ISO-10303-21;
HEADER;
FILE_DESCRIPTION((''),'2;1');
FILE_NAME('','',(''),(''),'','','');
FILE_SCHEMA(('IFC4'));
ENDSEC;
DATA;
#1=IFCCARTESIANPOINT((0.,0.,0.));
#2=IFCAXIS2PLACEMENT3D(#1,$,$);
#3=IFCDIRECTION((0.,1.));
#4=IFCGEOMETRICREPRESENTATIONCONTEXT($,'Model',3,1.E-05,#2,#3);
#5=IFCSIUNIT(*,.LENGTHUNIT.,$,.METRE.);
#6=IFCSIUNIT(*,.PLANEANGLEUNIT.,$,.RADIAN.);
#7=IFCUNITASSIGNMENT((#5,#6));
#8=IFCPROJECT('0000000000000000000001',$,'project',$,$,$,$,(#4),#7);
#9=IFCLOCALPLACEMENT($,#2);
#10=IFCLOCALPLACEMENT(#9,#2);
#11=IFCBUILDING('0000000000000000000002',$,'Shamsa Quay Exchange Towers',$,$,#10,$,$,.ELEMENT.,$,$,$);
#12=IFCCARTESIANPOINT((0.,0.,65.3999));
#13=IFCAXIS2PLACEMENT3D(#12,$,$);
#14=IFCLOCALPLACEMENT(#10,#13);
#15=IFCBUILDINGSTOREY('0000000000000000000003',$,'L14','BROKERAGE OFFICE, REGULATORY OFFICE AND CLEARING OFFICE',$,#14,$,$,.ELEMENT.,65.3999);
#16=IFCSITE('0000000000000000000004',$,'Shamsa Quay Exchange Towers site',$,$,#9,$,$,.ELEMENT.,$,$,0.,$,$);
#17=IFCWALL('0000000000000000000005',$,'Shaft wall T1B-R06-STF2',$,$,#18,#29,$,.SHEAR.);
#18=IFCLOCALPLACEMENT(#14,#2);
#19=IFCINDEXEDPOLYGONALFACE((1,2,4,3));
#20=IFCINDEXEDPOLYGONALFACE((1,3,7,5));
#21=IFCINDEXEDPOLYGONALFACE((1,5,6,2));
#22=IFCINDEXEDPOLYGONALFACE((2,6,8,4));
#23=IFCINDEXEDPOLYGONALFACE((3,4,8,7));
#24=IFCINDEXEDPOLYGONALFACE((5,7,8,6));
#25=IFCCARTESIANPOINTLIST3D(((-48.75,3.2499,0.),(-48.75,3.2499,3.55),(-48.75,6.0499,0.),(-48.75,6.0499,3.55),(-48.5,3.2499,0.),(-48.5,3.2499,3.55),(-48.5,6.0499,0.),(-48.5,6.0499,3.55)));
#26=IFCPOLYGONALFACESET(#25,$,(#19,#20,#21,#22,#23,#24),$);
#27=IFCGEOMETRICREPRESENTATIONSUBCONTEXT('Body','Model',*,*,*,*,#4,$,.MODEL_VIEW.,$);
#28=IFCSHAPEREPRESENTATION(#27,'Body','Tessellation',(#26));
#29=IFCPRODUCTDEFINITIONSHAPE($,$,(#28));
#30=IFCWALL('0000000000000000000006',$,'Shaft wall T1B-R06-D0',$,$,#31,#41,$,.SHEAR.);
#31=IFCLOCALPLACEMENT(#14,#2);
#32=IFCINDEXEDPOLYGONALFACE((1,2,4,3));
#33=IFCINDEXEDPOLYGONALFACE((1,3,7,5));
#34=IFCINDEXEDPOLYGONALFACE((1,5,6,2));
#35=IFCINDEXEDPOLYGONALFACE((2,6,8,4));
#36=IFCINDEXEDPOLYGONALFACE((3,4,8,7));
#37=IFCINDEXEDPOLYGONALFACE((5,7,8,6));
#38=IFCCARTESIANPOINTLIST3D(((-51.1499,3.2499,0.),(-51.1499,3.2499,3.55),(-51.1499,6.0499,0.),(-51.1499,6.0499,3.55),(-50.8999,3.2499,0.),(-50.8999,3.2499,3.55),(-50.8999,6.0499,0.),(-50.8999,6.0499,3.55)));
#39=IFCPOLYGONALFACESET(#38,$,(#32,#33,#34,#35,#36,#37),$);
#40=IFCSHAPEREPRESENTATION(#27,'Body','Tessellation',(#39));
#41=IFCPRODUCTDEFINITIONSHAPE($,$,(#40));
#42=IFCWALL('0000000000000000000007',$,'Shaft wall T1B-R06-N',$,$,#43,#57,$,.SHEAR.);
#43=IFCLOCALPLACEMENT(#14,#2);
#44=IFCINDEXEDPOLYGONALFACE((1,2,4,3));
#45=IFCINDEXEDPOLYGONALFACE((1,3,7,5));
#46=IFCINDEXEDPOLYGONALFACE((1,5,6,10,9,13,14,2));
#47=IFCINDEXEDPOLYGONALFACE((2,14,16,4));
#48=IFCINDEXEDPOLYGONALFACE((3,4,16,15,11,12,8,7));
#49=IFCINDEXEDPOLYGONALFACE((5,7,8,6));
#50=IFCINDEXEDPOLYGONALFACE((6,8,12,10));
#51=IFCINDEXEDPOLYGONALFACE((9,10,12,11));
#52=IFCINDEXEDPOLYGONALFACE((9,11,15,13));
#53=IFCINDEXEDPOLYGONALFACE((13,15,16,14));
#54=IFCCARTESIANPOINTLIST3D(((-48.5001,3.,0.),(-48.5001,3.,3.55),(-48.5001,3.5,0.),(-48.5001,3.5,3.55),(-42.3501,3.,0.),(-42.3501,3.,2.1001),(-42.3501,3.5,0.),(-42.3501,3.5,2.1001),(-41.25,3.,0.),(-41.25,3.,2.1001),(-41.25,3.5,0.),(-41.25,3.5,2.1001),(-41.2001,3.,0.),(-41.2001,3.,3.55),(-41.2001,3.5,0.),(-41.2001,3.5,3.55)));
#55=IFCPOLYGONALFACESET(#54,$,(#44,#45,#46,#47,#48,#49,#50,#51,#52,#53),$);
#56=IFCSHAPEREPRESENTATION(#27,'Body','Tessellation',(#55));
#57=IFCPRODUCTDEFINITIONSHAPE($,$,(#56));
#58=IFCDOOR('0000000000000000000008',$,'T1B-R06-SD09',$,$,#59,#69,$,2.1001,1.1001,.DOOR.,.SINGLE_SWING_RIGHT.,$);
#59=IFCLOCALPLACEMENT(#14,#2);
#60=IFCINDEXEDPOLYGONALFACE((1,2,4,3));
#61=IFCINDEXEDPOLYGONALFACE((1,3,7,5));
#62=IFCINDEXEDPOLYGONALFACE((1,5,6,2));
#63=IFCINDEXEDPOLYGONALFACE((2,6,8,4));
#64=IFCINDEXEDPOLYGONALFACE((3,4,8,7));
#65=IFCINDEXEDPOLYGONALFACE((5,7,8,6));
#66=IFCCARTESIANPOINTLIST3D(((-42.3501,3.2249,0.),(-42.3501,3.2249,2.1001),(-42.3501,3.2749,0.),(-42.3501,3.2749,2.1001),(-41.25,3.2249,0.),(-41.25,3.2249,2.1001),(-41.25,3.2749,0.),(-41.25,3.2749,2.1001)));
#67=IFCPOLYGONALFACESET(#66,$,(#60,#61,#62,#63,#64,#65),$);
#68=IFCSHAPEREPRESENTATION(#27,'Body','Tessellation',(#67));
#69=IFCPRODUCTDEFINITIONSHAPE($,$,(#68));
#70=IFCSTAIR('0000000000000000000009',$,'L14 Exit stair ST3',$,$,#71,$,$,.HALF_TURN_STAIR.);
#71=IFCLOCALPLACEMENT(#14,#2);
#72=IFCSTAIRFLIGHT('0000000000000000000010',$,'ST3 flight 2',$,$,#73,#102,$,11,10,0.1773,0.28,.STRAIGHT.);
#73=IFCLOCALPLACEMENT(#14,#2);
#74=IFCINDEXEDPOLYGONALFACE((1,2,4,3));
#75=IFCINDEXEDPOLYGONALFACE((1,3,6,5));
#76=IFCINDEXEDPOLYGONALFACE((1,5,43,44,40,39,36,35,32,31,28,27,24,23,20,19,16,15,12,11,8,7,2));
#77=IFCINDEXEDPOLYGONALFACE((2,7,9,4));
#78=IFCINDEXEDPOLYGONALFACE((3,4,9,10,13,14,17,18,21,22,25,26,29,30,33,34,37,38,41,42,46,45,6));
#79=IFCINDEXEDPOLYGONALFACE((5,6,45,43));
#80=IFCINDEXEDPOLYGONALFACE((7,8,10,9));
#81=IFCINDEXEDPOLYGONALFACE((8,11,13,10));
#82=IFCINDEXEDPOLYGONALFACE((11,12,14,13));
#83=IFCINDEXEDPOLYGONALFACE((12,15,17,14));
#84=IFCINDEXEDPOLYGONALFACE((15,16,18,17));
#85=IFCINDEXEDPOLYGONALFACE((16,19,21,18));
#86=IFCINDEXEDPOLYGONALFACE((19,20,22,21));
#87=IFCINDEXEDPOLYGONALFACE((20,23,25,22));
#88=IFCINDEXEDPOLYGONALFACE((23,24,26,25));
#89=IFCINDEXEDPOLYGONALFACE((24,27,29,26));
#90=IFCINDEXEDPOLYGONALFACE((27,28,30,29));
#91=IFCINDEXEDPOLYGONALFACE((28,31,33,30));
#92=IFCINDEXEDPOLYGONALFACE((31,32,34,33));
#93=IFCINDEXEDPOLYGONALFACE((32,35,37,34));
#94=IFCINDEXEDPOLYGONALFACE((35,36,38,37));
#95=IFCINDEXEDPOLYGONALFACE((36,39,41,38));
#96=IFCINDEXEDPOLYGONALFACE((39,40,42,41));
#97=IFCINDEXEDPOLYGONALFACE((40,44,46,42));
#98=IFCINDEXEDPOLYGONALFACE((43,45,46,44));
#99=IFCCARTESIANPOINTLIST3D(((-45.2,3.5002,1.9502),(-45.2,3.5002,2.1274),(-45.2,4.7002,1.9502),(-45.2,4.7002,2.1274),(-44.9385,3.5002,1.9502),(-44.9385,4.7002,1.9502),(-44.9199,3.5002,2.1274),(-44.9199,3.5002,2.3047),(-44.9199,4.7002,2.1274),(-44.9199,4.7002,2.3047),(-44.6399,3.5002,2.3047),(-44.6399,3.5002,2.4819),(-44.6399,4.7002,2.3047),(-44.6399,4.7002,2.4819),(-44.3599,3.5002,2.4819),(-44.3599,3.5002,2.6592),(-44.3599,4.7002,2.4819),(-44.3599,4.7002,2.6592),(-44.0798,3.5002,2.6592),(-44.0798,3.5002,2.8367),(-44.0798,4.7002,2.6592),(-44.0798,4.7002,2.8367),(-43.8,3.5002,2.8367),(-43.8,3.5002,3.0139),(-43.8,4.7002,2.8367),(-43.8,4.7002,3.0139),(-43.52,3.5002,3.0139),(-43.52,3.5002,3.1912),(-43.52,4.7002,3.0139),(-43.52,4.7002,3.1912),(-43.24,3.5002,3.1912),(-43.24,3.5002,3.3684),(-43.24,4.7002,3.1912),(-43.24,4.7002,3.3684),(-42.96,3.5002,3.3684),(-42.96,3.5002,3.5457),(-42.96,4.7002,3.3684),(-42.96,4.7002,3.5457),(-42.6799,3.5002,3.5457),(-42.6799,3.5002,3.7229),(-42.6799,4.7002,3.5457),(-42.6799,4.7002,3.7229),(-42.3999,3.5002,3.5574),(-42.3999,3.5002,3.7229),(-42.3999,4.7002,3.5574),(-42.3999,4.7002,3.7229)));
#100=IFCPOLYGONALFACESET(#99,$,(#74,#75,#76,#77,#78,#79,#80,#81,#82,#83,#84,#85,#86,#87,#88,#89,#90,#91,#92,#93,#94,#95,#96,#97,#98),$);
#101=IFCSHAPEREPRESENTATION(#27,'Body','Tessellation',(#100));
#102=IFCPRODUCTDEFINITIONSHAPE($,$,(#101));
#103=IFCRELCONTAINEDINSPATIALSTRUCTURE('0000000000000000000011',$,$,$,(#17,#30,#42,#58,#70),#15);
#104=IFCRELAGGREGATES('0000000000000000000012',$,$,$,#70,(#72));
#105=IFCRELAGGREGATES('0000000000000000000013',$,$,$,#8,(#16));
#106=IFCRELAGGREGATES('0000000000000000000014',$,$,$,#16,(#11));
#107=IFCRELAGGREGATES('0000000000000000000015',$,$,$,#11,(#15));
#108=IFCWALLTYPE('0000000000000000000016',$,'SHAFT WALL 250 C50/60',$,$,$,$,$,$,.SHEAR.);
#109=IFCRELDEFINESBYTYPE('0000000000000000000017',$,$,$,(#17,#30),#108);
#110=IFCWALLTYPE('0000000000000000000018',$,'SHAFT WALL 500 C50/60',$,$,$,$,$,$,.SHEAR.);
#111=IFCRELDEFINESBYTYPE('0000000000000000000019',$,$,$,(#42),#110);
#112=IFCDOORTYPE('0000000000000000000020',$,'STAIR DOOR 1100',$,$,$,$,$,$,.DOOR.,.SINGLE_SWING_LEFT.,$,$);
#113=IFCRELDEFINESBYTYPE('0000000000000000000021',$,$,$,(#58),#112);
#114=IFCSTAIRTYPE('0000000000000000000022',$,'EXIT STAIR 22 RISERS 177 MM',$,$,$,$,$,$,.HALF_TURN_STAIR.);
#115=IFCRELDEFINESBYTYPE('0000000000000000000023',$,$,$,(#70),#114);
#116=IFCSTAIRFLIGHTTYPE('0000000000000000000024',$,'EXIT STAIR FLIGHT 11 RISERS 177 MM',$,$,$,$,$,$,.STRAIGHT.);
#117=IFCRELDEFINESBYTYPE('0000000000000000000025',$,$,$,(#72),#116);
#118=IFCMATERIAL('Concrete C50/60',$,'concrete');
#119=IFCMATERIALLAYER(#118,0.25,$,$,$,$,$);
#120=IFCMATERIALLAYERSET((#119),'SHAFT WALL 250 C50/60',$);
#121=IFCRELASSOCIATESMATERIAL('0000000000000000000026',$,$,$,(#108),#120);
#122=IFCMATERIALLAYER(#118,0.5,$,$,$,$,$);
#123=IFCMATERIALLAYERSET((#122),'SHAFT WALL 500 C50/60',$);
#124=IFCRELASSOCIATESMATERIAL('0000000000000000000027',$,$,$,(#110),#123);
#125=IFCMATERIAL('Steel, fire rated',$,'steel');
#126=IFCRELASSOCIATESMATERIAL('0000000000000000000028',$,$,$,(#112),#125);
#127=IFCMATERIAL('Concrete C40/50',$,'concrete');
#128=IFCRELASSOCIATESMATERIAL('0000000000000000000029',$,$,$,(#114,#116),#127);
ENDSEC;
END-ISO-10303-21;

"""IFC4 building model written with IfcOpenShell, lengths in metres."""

from ifc_helpers import new_model, si_unit, direction, frame, frame_2d, origin, place, context, subcontext, project, spatial, polyline, rectangle, outline, extrude, material, layer, layer_set, type_object, element, fill, aggregate, save


model = new_model("IFC4")

# Units and contexts
model_context = context("Model", 3, precision=1e-05, world=origin(), true_north=direction((0.0, 1.0)))
body_context = subcontext(model_context, "Body", "Model", "MODEL_VIEW")
ifc_project = project(units=[si_unit("LENGTHUNIT", "METRE"), si_unit("PLANEANGLEUNIT", "RADIAN")], contexts=[model_context])

# Site, building, storey
site_placement = place(None, origin())
site = spatial("IfcSite", under=ifc_project, at=site_placement, Name="Shamsa Quay Exchange Towers site", CompositionType="ELEMENT", RefElevation=0.0)
building_placement = place(site_placement, origin())
building = spatial("IfcBuilding", under=site, at=building_placement, Name="Shamsa Quay Exchange Towers", CompositionType="ELEMENT")
storey_placement = place(building_placement, frame((0.0, 0.0, 65.3999)))
storey = spatial("IfcBuildingStorey", under=building, at=storey_placement, Name="L14", Description="BROKERAGE OFFICE, REGULATORY OFFICE AND CLEARING OFFICE", CompositionType="ELEMENT", Elevation=65.3999)

# Shared definitions
ifc_material_1 = material(Name="Concrete C50/60", Category="concrete")
ifc_layer_1 = layer(ifc_material_1, 0.25)
ifc_layer_set_1 = layer_set([ifc_layer_1], Name="SHAFT WALL 250 C50/60")
wall_type_1 = type_object("IfcWallType", Name="SHAFT WALL 250 C50/60", PredefinedType="SHEAR", material=ifc_layer_set_1)
ifc_material_2 = material(Name="Steel, fire rated", Category="steel")

# Walls
for number, where, z_axis, x_axis, name in (
    (1, (-48.625, 3.25, 0.0), (0.0, 0.0, 1.0), (0.0, 1.0, 0.0), "Shaft wall T1B-R06-STF2"),
    (2, (-51.0249, 3.25, 0.0), (0.0, 0.0, 1.0), (0.0, 1.0, 0.0), "Shaft wall T1B-R06-D0"),
):
    element("IfcWall", number, at=place(storey_placement, frame(where, z_axis=z_axis, x_axis=x_axis)), inside=storey, type_object=wall_type_1, Name=name, PredefinedType="SHEAR", context=body_context, shape_type="SweptSolid", body=[
        extrude(rectangle(XDim=2.8, YDim=0.25, at=frame_2d((1.3999, 0.0))), origin(), (0.0, 0.0, 1.0), 3.55),
    ])

# Wall, opening, door
ifc_layer_2 = layer(ifc_material_1, 0.5)
ifc_layer_set_2 = layer_set([ifc_layer_2], Name="SHAFT WALL 500 C50/60")
wall_type_2 = type_object("IfcWallType", Name="SHAFT WALL 500 C50/60", PredefinedType="SHEAR", material=ifc_layer_set_2)
wall_1_placement = place(storey_placement, frame((-48.5, 3.25, 0.0)))
wall_1 = element("IfcWall", 3, at=wall_1_placement, inside=storey, type_object=wall_type_2, Name="Shaft wall T1B-R06-N", PredefinedType="SHEAR", context=body_context, shape_type="SweptSolid", body=[
    extrude(rectangle(XDim=7.3, YDim=0.5, at=frame_2d((3.6499, 0.0))), origin(), (0.0, 0.0, 1.0), 3.55),
])
opening_1_placement = place(wall_1_placement, frame((6.1499, 0.0, 0.0)))
opening_1 = element("IfcOpeningElement", 4, at=opening_1_placement, cuts=wall_1, PredefinedType="OPENING", context=body_context, shape_type="SweptSolid", body=[
    extrude(rectangle(XDim=1.1001, YDim=2.1001, at=frame_2d((0.55, 1.05))), frame((0.0, 0.26, 0.0), z_axis=(0.0, -1.0, 0.0), x_axis=(1.0, 0.0, 0.0)), (0.0, 0.0, 1.0), 0.52),
])
door_type_1 = type_object("IfcDoorType", Name="STAIR DOOR 1100", OperationType="SINGLE_SWING_LEFT", PredefinedType="DOOR", material=ifc_material_2)
door_1_placement = place(opening_1_placement, origin())
door_1 = element("IfcDoor", 5, at=door_1_placement, inside=storey, type_object=door_type_1, Name="T1B-R06-SD09", OperationType="SINGLE_SWING_RIGHT", OverallHeight=2.1001, OverallWidth=1.1001, PredefinedType="DOOR", context=body_context, shape_type="SweptSolid", body=[
    extrude(rectangle(XDim=1.1001, YDim=2.1001, at=frame_2d((0.55, 1.05))), frame((0.0, 0.0249, 0.0), z_axis=(0.0, -1.0, 0.0), x_axis=(1.0, 0.0, 0.0)), (0.0, 0.0, 1.0), 0.05),
])
fill(opening_1, door_1)

# Stair, stair flight
ifc_material_3 = material(Name="Concrete C40/50", Category="concrete")
stair_type = type_object("IfcStairType", Name="EXIT STAIR 22 RISERS 177 MM", PredefinedType="HALF_TURN_STAIR", material=ifc_material_3)
stair_placement = place(storey_placement, origin())
stair = element("IfcStair", 6, at=stair_placement, inside=storey, type_object=stair_type, Name="L14 Exit stair ST3", PredefinedType="HALF_TURN_STAIR")
stair_flight_type = type_object("IfcStairFlightType", Name="EXIT STAIR FLIGHT 11 RISERS 177 MM", PredefinedType="STRAIGHT", material=ifc_material_3)
stair_flight_placement = place(storey_placement, frame((-45.2, 4.1001, 1.9502)))
stair_flight = element("IfcStairFlight", 7, at=stair_flight_placement, type_object=stair_flight_type, Name="ST3 flight 2", NumberOfRisers=11, NumberOfTreads=10, PredefinedType="STRAIGHT", RiserHeight=0.1773, TreadLength=0.28, context=body_context, shape_type="SweptSolid", body=[
    extrude(outline(polyline([(0.0, 0.0), (0.0, 0.1772), (0.28, 0.1772), (0.28, 0.3545), (0.5601, 0.3545), (0.5601, 0.5317), (0.8401, 0.5317), (0.8401, 0.709), (1.1201, 0.709), (1.1201, 0.8865), (1.3999, 0.8865), (1.3999, 1.0637), (1.6799, 1.0637), (1.6799, 1.241), (1.96, 1.241), (1.96, 1.4182), (2.24, 1.4182), (2.24, 1.5955), (2.52, 1.5955), (2.52, 1.7727), (2.8, 1.7727), (2.8, 1.95), (2.8, 1.6072), (0.2615, 0.0), (0.0, 0.0)])), frame((0.0, 0.6001, 0.0), z_axis=(0.0, -1.0, 0.0), x_axis=(1.0, 0.0, 0.0)), (0.0, 0.0, 1.0), 1.2),
])
aggregate(stair, [stair_flight])

save(model, "model.ifc")
